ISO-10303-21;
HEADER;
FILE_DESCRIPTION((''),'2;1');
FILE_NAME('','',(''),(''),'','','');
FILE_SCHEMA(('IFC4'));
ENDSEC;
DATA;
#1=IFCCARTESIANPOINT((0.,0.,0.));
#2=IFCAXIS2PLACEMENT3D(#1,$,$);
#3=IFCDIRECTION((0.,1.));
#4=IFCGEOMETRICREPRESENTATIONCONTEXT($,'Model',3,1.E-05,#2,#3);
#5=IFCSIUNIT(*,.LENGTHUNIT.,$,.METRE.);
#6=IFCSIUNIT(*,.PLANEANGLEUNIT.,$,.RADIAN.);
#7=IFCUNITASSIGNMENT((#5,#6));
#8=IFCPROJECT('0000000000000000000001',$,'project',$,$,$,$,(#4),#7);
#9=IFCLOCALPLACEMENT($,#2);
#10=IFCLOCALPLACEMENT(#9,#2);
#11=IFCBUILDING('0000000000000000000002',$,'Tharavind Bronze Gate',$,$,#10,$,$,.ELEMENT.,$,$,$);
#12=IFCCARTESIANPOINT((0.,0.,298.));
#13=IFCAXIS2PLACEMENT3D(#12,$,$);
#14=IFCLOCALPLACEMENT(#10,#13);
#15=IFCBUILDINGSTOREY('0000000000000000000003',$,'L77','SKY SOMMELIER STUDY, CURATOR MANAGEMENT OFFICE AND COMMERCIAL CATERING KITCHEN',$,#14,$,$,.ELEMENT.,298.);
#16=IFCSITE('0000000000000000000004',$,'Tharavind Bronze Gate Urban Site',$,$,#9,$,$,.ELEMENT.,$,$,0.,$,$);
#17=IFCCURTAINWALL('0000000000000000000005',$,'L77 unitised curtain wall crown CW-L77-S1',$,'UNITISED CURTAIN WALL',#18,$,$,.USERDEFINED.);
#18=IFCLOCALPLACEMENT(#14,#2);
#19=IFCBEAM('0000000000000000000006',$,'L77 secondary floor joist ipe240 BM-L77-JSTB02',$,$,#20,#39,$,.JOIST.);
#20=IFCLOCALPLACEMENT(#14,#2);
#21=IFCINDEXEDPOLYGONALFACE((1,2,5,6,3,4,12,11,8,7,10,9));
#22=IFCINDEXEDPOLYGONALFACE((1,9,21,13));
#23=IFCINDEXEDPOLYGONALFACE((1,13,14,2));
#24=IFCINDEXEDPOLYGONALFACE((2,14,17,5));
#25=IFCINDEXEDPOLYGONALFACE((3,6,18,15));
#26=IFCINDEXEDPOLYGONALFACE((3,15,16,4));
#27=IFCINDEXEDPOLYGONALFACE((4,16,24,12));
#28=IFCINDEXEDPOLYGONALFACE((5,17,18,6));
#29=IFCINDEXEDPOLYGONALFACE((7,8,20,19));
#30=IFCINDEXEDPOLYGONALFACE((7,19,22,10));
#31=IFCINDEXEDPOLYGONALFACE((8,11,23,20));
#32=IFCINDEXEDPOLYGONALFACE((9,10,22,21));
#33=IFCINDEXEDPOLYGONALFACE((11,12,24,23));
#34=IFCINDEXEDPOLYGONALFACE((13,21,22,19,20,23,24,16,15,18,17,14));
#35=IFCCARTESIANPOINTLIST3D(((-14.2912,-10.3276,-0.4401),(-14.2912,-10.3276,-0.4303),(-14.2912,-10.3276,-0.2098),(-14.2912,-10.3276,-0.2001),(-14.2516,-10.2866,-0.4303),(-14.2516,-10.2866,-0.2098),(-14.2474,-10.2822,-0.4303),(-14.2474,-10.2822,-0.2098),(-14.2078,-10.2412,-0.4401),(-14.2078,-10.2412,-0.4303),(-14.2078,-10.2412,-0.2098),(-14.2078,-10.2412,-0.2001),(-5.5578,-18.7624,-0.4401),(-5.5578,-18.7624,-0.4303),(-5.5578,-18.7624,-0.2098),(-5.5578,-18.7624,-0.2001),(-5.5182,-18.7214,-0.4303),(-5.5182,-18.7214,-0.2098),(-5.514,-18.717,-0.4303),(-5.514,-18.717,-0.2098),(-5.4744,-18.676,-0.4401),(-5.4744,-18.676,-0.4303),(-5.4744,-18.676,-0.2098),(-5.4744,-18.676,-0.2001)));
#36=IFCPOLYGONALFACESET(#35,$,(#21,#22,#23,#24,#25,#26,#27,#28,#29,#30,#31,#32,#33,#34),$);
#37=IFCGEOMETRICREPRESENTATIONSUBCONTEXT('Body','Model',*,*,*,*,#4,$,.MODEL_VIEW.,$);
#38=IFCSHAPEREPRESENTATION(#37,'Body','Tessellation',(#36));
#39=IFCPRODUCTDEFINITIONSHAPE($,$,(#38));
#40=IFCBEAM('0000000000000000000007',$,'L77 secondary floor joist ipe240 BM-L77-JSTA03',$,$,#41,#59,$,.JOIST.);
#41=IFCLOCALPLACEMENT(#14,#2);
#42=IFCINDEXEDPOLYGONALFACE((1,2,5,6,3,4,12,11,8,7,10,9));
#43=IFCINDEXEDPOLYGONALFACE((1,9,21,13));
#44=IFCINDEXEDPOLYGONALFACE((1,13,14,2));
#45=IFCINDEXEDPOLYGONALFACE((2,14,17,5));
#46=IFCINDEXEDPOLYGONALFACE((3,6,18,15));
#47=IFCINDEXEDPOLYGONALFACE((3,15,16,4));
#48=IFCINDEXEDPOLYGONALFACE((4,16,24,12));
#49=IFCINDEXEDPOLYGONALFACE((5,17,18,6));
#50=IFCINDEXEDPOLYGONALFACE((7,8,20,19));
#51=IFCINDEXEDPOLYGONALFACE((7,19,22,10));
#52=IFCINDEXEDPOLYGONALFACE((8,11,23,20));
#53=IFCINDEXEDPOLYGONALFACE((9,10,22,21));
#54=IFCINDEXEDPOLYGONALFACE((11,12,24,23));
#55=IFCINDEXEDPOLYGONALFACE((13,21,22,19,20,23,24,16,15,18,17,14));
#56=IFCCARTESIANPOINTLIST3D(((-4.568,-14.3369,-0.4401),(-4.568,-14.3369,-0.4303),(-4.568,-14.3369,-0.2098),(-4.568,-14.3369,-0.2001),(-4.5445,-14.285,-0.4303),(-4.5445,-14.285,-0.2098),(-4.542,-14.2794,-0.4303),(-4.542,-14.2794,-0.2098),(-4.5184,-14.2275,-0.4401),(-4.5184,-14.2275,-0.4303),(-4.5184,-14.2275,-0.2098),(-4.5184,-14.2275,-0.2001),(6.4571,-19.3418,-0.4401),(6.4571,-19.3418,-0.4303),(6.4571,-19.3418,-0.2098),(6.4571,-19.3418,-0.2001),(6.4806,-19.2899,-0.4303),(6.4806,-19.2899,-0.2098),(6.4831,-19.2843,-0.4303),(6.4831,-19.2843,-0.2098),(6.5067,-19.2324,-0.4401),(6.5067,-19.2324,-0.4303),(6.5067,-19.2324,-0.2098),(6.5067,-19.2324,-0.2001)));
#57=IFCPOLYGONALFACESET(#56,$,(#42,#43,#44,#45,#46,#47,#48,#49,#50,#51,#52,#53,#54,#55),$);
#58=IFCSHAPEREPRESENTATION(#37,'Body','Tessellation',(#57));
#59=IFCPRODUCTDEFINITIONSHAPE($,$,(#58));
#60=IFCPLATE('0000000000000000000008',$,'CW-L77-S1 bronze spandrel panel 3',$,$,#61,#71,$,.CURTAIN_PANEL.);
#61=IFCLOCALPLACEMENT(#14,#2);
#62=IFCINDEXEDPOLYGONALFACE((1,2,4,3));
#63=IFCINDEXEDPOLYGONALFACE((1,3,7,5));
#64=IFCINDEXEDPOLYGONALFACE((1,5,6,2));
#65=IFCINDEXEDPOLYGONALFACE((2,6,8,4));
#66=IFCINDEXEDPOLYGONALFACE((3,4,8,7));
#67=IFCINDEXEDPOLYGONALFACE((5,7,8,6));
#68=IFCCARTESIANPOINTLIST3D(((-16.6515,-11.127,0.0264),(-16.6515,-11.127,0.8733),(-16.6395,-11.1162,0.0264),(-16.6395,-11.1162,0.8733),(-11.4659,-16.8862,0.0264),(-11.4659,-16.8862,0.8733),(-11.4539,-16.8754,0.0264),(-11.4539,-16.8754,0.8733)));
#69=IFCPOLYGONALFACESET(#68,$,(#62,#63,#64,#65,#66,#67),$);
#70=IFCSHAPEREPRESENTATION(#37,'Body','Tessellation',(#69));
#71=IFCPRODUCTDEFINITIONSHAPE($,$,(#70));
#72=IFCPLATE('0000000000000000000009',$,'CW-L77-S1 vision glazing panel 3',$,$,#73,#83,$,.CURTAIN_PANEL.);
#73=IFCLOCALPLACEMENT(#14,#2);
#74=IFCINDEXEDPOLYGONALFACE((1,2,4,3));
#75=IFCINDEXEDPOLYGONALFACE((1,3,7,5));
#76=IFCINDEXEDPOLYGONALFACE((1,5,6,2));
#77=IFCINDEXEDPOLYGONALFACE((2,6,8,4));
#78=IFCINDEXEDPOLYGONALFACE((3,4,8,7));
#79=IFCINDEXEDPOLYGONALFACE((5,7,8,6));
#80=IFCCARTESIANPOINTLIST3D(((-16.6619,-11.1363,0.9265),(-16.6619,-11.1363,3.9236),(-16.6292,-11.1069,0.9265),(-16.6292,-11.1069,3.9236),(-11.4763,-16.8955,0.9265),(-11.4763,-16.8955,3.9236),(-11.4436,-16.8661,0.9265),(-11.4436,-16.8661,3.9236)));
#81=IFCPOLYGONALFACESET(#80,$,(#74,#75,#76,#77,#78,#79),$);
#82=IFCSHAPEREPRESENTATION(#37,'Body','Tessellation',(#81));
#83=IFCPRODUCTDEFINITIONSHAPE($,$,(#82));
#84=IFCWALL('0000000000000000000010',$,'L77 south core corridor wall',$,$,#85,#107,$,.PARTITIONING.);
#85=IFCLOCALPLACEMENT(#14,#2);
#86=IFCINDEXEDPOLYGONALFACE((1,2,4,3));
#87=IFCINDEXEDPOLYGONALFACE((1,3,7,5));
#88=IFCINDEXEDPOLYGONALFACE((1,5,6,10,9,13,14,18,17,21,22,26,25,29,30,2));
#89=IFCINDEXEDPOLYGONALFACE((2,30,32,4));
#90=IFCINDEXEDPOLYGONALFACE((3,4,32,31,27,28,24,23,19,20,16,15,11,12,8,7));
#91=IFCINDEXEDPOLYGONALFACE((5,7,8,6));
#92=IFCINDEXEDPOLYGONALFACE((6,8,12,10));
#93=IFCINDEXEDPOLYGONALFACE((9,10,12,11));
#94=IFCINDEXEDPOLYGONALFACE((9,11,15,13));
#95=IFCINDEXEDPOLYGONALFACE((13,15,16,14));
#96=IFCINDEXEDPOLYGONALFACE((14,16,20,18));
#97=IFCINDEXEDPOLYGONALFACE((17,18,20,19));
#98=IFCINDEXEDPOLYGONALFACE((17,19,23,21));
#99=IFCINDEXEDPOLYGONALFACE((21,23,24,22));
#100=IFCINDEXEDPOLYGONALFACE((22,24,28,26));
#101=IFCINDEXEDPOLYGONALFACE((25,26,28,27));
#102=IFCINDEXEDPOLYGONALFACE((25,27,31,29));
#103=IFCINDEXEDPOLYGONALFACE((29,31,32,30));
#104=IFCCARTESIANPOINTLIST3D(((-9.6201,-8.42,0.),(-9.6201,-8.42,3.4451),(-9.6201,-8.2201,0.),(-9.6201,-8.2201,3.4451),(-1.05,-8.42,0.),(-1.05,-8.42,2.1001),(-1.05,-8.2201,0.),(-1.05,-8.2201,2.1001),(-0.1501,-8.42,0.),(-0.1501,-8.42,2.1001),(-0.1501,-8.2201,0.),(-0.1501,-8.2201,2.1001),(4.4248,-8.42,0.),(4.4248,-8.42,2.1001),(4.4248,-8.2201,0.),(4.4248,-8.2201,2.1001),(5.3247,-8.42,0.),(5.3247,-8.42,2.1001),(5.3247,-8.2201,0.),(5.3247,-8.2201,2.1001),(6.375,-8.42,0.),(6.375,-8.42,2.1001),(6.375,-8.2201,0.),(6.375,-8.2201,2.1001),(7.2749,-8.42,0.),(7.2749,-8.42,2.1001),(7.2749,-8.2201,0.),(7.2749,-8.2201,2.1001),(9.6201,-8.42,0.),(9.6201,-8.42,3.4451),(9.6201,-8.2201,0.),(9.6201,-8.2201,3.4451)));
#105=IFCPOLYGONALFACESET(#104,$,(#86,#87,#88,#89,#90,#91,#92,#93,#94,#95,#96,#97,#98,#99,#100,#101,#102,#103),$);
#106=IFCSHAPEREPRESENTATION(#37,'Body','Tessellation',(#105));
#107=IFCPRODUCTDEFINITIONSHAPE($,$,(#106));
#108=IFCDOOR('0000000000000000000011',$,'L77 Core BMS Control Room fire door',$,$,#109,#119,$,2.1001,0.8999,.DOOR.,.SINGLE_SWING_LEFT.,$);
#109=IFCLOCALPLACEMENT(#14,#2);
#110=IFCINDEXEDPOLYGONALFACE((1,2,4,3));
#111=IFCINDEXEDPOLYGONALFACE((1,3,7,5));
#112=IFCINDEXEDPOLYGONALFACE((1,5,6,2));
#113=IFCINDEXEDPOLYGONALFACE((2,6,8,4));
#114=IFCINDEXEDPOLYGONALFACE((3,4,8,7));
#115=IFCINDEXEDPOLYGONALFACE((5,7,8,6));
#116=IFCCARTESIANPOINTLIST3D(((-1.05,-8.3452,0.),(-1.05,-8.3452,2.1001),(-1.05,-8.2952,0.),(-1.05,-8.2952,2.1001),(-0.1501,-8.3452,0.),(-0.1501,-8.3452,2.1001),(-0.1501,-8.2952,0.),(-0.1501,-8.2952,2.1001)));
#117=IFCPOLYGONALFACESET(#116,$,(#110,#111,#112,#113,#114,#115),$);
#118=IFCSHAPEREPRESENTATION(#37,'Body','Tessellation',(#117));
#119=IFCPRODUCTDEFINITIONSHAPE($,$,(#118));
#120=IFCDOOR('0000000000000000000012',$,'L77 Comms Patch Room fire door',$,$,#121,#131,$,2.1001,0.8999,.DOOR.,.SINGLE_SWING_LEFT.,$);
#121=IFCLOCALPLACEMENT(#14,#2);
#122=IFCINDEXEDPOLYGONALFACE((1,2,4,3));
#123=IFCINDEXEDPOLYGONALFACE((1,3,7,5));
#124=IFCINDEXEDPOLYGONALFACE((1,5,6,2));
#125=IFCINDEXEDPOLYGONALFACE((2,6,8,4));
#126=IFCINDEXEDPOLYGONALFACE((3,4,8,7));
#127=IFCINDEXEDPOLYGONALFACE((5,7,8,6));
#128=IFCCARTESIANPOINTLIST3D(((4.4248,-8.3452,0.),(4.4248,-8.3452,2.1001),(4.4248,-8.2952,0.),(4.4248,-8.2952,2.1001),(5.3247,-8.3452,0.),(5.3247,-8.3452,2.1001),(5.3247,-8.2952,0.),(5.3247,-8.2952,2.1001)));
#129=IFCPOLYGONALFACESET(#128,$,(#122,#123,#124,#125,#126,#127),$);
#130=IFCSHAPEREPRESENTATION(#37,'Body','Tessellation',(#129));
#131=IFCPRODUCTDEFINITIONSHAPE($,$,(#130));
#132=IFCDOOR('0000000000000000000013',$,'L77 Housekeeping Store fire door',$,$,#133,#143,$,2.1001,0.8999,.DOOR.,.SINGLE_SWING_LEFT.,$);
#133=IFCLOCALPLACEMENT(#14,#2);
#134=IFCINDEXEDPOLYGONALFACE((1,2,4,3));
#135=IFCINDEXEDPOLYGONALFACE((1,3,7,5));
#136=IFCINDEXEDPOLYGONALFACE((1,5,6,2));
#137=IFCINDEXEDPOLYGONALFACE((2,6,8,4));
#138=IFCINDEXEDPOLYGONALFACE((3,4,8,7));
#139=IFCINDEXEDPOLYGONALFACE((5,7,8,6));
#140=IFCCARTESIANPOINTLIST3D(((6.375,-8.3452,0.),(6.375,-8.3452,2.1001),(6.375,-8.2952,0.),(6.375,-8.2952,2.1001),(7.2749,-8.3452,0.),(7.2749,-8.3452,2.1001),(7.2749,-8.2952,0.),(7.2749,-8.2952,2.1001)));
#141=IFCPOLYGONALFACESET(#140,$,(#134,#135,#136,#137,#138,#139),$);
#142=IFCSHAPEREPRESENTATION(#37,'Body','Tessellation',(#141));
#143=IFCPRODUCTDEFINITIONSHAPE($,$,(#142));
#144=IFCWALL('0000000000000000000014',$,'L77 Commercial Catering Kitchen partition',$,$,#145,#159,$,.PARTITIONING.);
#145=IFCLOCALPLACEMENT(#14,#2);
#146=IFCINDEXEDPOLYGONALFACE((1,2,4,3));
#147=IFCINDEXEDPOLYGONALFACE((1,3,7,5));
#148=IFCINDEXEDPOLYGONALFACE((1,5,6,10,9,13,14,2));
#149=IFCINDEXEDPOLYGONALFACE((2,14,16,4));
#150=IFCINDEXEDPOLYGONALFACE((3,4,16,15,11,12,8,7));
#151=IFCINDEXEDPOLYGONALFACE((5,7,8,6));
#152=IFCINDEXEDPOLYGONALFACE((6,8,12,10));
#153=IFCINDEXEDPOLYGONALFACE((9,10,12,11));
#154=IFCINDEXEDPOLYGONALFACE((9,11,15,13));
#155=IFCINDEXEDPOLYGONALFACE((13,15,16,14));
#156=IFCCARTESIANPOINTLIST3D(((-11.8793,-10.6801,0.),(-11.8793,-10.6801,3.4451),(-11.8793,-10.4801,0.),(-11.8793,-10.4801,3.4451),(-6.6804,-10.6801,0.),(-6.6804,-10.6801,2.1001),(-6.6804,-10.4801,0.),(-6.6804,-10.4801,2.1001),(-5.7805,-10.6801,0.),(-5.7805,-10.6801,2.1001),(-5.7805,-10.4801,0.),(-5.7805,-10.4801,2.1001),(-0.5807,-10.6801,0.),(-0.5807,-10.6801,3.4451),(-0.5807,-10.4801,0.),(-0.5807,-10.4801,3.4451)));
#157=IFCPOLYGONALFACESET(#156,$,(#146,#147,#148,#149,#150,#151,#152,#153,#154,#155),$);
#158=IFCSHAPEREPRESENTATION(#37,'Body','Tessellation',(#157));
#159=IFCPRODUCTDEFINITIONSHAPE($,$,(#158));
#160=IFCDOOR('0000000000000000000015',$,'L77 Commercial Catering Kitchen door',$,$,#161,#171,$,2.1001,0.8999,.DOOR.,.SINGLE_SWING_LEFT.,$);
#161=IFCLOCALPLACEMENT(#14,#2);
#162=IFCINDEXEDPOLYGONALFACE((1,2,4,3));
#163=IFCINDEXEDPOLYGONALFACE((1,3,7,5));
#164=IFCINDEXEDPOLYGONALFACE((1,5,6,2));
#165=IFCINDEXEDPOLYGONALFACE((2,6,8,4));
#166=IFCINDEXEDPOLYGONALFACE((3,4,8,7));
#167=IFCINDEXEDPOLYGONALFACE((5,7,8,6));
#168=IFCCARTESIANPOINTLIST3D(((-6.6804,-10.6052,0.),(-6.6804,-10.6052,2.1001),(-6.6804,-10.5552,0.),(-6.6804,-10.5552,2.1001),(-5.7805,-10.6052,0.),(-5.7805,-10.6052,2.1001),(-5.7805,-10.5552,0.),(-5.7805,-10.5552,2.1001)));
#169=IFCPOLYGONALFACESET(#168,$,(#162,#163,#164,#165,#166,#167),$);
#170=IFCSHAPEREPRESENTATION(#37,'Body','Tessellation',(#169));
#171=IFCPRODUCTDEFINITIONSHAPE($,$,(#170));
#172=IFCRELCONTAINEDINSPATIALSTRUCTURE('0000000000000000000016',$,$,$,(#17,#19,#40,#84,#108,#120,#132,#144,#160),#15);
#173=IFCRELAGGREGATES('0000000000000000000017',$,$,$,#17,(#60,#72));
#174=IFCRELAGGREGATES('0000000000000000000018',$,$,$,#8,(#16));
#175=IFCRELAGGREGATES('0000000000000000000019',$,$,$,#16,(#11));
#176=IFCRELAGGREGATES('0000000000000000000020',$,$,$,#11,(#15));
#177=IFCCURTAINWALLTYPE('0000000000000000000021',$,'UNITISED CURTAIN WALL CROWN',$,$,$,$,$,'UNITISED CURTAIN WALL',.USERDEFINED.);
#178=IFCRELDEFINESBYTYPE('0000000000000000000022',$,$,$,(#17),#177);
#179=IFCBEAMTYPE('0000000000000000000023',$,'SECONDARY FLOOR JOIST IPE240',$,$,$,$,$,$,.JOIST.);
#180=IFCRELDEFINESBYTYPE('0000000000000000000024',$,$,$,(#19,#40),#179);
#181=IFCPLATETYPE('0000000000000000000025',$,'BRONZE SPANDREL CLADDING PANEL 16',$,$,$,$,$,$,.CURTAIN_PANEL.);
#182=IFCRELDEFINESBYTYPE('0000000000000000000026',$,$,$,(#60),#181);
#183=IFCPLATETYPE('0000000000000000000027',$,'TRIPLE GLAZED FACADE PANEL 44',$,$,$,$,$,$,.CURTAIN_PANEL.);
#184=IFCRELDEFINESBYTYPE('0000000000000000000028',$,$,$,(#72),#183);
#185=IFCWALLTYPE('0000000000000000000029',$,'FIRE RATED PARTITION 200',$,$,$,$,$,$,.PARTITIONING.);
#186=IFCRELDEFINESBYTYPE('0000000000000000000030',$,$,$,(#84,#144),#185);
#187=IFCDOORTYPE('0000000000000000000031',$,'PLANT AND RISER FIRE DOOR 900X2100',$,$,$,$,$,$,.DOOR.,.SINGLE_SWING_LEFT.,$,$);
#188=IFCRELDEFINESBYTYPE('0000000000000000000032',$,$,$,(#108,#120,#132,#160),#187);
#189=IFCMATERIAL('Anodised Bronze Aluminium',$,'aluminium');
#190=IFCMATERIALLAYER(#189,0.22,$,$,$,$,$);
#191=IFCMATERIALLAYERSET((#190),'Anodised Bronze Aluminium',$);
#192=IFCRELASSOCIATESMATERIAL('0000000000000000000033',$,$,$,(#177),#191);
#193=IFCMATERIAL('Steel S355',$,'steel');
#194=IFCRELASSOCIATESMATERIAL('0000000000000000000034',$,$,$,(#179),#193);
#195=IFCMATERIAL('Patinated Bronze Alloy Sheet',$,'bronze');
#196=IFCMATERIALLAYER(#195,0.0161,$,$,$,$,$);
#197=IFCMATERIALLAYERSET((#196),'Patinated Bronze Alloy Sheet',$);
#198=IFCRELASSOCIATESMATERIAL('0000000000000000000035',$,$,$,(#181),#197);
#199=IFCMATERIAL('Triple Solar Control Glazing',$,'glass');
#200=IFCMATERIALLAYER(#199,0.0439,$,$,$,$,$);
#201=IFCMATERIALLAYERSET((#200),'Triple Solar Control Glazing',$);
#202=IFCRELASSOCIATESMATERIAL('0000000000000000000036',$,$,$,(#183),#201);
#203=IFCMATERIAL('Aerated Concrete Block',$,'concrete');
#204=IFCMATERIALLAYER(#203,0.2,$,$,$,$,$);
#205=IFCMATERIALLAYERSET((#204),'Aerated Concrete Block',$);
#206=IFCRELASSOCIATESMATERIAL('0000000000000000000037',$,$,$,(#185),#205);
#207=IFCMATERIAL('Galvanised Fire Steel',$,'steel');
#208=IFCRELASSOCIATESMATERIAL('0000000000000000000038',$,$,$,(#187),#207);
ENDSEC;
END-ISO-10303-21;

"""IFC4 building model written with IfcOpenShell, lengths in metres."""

from ifc_helpers import new_model, si_unit, direction, frame, frame_2d, origin, origin_2d, place, context, subcontext, project, spatial, rectangle, i_section, extrude, material, layer, layer_set, material_profile, profile_set, type_object, element, fill, aggregate, save


model = new_model("IFC4")

# Units and contexts
model_context = context("Model", 3, precision=1e-05, world=origin(), true_north=direction((0.0, 1.0)))
body_context = subcontext(model_context, "Body", "Model", "MODEL_VIEW")
ifc_project = project(units=[si_unit("LENGTHUNIT", "METRE"), si_unit("PLANEANGLEUNIT", "RADIAN")], contexts=[model_context])

# Site, building, storey
site_placement = place(None, origin())
site = spatial("IfcSite", under=ifc_project, at=site_placement, Name="Tharavind Bronze Gate Urban Site", CompositionType="ELEMENT", RefElevation=0.0)
building_placement = place(site_placement, origin())
building = spatial("IfcBuilding", under=site, at=building_placement, Name="Tharavind Bronze Gate", CompositionType="ELEMENT")
storey_placement = place(building_placement, frame((0.0, 0.0, 298.0)))
storey = spatial("IfcBuildingStorey", under=building, at=storey_placement, Name="L77", Description="SKY SOMMELIER STUDY, CURATOR MANAGEMENT OFFICE AND COMMERCIAL CATERING KITCHEN", CompositionType="ELEMENT", Elevation=298.0)

# Curtain wall
ifc_material_1 = material(Name="Anodised Bronze Aluminium", Category="aluminium")
ifc_layer_1 = layer(ifc_material_1, 0.22)
ifc_layer_set_1 = layer_set([ifc_layer_1], Name="Anodised Bronze Aluminium")
curtain_wall_type = type_object("IfcCurtainWallType", Name="UNITISED CURTAIN WALL CROWN", ElementType="UNITISED CURTAIN WALL", PredefinedType="USERDEFINED", material=ifc_layer_set_1)
curtain_wall_placement = place(storey_placement, origin())
curtain_wall = element("IfcCurtainWall", 1, at=curtain_wall_placement, inside=storey, type_object=curtain_wall_type, Name="L77 unitised curtain wall crown CW-L77-S1", ObjectType="UNITISED CURTAIN WALL", PredefinedType="USERDEFINED")

# Beams
ifc_material_2 = material(Name="Steel S355", Category="steel")
ifc_material_profile_1 = material_profile(ifc_material_2, i_section(OverallWidth=0.1201, OverallDepth=0.24, WebThickness=0.0061, FlangeThickness=0.0098, at=origin_2d()), Name="IPE240")
ifc_profile_set_1 = profile_set([ifc_material_profile_1], Name="Steel S355")
beam_type_1 = type_object("IfcBeamType", Name="SECONDARY FLOOR JOIST IPE240", PredefinedType="JOIST", material=ifc_profile_set_1)
beam_1_placement = place(storey_placement, frame((-14.2495, -10.2844, -0.3201), z_axis=(0.719296, -0.694704, 0.0), x_axis=(0.694704, 0.719296, 0.0)))
element("IfcBeam", 2, at=beam_1_placement, inside=storey, type_object=beam_type_1, Name="L77 secondary floor joist ipe240 BM-L77-JSTB02", PredefinedType="JOIST", context=body_context, shape_type="SweptSolid", body=[
    extrude(i_section(OverallWidth=0.1201, OverallDepth=0.24, WebThickness=0.0061, FlangeThickness=0.0098, at=origin_2d()), origin(), (0.0, 0.0, 1.0), 12.1416),
])
beam_2_placement = place(storey_placement, frame((-4.5432, -14.2822, -0.3201), z_axis=(0.91057, -0.413355, 0.0), x_axis=(0.413355, 0.91057, 0.0)))
element("IfcBeam", 3, at=beam_2_placement, inside=storey, type_object=beam_type_1, Name="L77 secondary floor joist ipe240 BM-L77-JSTA03", PredefinedType="JOIST", context=body_context, shape_type="SweptSolid", body=[
    extrude(i_section(OverallWidth=0.1201, OverallDepth=0.24, WebThickness=0.0061, FlangeThickness=0.0098, at=origin_2d()), origin(), (0.0, 0.0, 1.0), 12.1079),
])

# Plates
ifc_material_3 = material(Name="Patinated Bronze Alloy Sheet", Category="bronze")
ifc_layer_2 = layer(ifc_material_3, 0.0161)
ifc_layer_set_2 = layer_set([ifc_layer_2], Name="Patinated Bronze Alloy Sheet")
plate_type_1 = type_object("IfcPlateType", Name="BRONZE SPANDREL CLADDING PANEL 16", PredefinedType="CURTAIN_PANEL", material=ifc_layer_set_2)
plate_1_placement = place(storey_placement, frame((-14.0527, -14.0012, 0.0264), z_axis=(0.0, 0.0, 1.0), x_axis=(0.669131, -0.743145, 0.0)))
plate_1 = element("IfcPlate", 4, at=plate_1_placement, type_object=plate_type_1, Name="CW-L77-S1 bronze spandrel panel 3", PredefinedType="CURTAIN_PANEL", context=body_context, shape_type="SweptSolid", body=[
    extrude(rectangle(XDim=7.7498, YDim=0.0161, at=origin_2d()), origin(), (0.0, 0.0, 1.0), 0.8469),
])
ifc_material_4 = material(Name="Triple Solar Control Glazing", Category="glass")
ifc_layer_3 = layer(ifc_material_4, 0.0439)
ifc_layer_set_3 = layer_set([ifc_layer_3], Name="Triple Solar Control Glazing")
plate_type_2 = type_object("IfcPlateType", Name="TRIPLE GLAZED FACADE PANEL 44", PredefinedType="CURTAIN_PANEL", material=ifc_layer_set_3)
plate_2_placement = place(storey_placement, frame((-14.0527, -14.0012, 0.9265), z_axis=(0.0, 0.0, 1.0), x_axis=(0.669131, -0.743145, 0.0)))
plate_2 = element("IfcPlate", 5, at=plate_2_placement, type_object=plate_type_2, Name="CW-L77-S1 vision glazing panel 3", PredefinedType="CURTAIN_PANEL", context=body_context, shape_type="SweptSolid", body=[
    extrude(rectangle(XDim=7.7498, YDim=0.0439, at=origin_2d()), origin(), (0.0, 0.0, 1.0), 2.9971),
])
aggregate(curtain_wall, [plate_1, plate_2])

# Wall, openings, doors
ifc_material_5 = material(Name="Aerated Concrete Block", Category="concrete")
ifc_layer_4 = layer(ifc_material_5, 0.2)
ifc_layer_set_4 = layer_set([ifc_layer_4], Name="Aerated Concrete Block")
wall_type = type_object("IfcWallType", Name="FIRE RATED PARTITION 200", PredefinedType="PARTITIONING", material=ifc_layer_set_4)
wall_1_placement = place(storey_placement, frame((-9.6201, -8.3201, 0.0), z_axis=(0.0, 0.0, 1.0), x_axis=(1.0, 0.0, 0.0)))
wall_1 = element("IfcWall", 6, at=wall_1_placement, inside=storey, type_object=wall_type, Name="L77 south core corridor wall", PredefinedType="PARTITIONING", context=body_context, shape_type="SweptSolid", body=[
    extrude(rectangle(XDim=19.2402, YDim=0.2, at=frame_2d((9.6201, 0.0))), origin(), (0.0, 0.0, 1.0), 3.4451),
])
opening_1_placement = place(wall_1_placement, frame((8.5701, 0.0, 0.0)))
opening_1 = element("IfcOpeningElement", 7, at=opening_1_placement, cuts=wall_1, PredefinedType="OPENING", context=body_context, shape_type="SweptSolid", body=[
    extrude(rectangle(XDim=0.8999, YDim=2.1001, at=frame_2d((0.45, 1.05))), frame((0.0, 0.1101, 0.0), z_axis=(0.0, -1.0, 0.0), x_axis=(1.0, 0.0, 0.0)), (0.0, 0.0, 1.0), 0.22),
])
opening_2_placement = place(wall_1_placement, frame((14.0449, 0.0, 0.0)))
opening_2 = element("IfcOpeningElement", 8, at=opening_2_placement, cuts=wall_1, PredefinedType="OPENING", context=body_context, shape_type="SweptSolid", body=[
    extrude(rectangle(XDim=0.8999, YDim=2.1001, at=frame_2d((0.45, 1.05))), frame((0.0, 0.1101, 0.0), z_axis=(0.0, -1.0, 0.0), x_axis=(1.0, 0.0, 0.0)), (0.0, 0.0, 1.0), 0.22),
])
opening_3_placement = place(wall_1_placement, frame((15.9951, 0.0, 0.0)))
opening_3 = element("IfcOpeningElement", 9, at=opening_3_placement, cuts=wall_1, PredefinedType="OPENING", context=body_context, shape_type="SweptSolid", body=[
    extrude(rectangle(XDim=0.8999, YDim=2.1001, at=frame_2d((0.45, 1.05))), frame((0.0, 0.1101, 0.0), z_axis=(0.0, -1.0, 0.0), x_axis=(1.0, 0.0, 0.0)), (0.0, 0.0, 1.0), 0.22),
])
ifc_material_6 = material(Name="Galvanised Fire Steel", Category="steel")
door_type_1 = type_object("IfcDoorType", Name="PLANT AND RISER FIRE DOOR 900X2100", OperationType="SINGLE_SWING_LEFT", PredefinedType="DOOR", material=ifc_material_6)
door_1_placement = place(opening_1_placement, origin())
door_1 = element("IfcDoor", 10, at=door_1_placement, inside=storey, type_object=door_type_1, Name="L77 Core BMS Control Room fire door", OperationType="SINGLE_SWING_LEFT", OverallHeight=2.1001, OverallWidth=0.8999, PredefinedType="DOOR", context=body_context, shape_type="SweptSolid", body=[
    extrude(rectangle(XDim=0.8999, YDim=2.1001, at=frame_2d((0.45, 1.05))), frame((0.0, 0.0249, 0.0), z_axis=(0.0, -1.0, 0.0), x_axis=(1.0, 0.0, 0.0)), (0.0, 0.0, 1.0), 0.05),
])
fill(opening_1, door_1)
door_2_placement = place(opening_2_placement, origin())
door_2 = element("IfcDoor", 11, at=door_2_placement, inside=storey, type_object=door_type_1, Name="L77 Comms Patch Room fire door", OperationType="SINGLE_SWING_LEFT", OverallHeight=2.1001, OverallWidth=0.8999, PredefinedType="DOOR", context=body_context, shape_type="SweptSolid", body=[
    extrude(rectangle(XDim=0.8999, YDim=2.1001, at=frame_2d((0.45, 1.05))), frame((0.0, 0.0249, 0.0), z_axis=(0.0, -1.0, 0.0), x_axis=(1.0, 0.0, 0.0)), (0.0, 0.0, 1.0), 0.05),
])
fill(opening_2, door_2)
door_3_placement = place(opening_3_placement, origin())
door_3 = element("IfcDoor", 12, at=door_3_placement, inside=storey, type_object=door_type_1, Name="L77 Housekeeping Store fire door", OperationType="SINGLE_SWING_LEFT", OverallHeight=2.1001, OverallWidth=0.8999, PredefinedType="DOOR", context=body_context, shape_type="SweptSolid", body=[
    extrude(rectangle(XDim=0.8999, YDim=2.1001, at=frame_2d((0.45, 1.05))), frame((0.0, 0.0249, 0.0), z_axis=(0.0, -1.0, 0.0), x_axis=(1.0, 0.0, 0.0)), (0.0, 0.0, 1.0), 0.05),
])
fill(opening_3, door_3)

# Wall, opening, door
wall_2_placement = place(storey_placement, frame((-11.8794, -10.5801, 0.0), z_axis=(0.0, 0.0, 1.0), x_axis=(1.0, 0.0, 0.0)))
wall_2 = element("IfcWall", 13, at=wall_2_placement, inside=storey, type_object=wall_type, Name="L77 Commercial Catering Kitchen partition", PredefinedType="PARTITIONING", context=body_context, shape_type="SweptSolid", body=[
    extrude(rectangle(XDim=11.2986, YDim=0.2, at=frame_2d((5.6494, 0.0))), origin(), (0.0, 0.0, 1.0), 3.4451),
])
opening_4_placement = place(wall_2_placement, frame((5.199, 0.0, 0.0)))
opening_4 = element("IfcOpeningElement", 14, at=opening_4_placement, cuts=wall_2, PredefinedType="OPENING", context=body_context, shape_type="SweptSolid", body=[
    extrude(rectangle(XDim=0.8999, YDim=2.1001, at=frame_2d((0.45, 1.05))), frame((0.0, 0.1101, 0.0), z_axis=(0.0, -1.0, 0.0), x_axis=(1.0, 0.0, 0.0)), (0.0, 0.0, 1.0), 0.22),
])
door_4_placement = place(opening_4_placement, origin())
door_4 = element("IfcDoor", 15, at=door_4_placement, inside=storey, type_object=door_type_1, Name="L77 Commercial Catering Kitchen door", OperationType="SINGLE_SWING_LEFT", OverallHeight=2.1001, OverallWidth=0.8999, PredefinedType="DOOR", context=body_context, shape_type="SweptSolid", body=[
    extrude(rectangle(XDim=0.8999, YDim=2.1001, at=frame_2d((0.45, 1.05))), frame((0.0, 0.0249, 0.0), z_axis=(0.0, -1.0, 0.0), x_axis=(1.0, 0.0, 0.0)), (0.0, 0.0, 1.0), 0.05),
])
fill(opening_4, door_4)

save(model, "model.ifc")
